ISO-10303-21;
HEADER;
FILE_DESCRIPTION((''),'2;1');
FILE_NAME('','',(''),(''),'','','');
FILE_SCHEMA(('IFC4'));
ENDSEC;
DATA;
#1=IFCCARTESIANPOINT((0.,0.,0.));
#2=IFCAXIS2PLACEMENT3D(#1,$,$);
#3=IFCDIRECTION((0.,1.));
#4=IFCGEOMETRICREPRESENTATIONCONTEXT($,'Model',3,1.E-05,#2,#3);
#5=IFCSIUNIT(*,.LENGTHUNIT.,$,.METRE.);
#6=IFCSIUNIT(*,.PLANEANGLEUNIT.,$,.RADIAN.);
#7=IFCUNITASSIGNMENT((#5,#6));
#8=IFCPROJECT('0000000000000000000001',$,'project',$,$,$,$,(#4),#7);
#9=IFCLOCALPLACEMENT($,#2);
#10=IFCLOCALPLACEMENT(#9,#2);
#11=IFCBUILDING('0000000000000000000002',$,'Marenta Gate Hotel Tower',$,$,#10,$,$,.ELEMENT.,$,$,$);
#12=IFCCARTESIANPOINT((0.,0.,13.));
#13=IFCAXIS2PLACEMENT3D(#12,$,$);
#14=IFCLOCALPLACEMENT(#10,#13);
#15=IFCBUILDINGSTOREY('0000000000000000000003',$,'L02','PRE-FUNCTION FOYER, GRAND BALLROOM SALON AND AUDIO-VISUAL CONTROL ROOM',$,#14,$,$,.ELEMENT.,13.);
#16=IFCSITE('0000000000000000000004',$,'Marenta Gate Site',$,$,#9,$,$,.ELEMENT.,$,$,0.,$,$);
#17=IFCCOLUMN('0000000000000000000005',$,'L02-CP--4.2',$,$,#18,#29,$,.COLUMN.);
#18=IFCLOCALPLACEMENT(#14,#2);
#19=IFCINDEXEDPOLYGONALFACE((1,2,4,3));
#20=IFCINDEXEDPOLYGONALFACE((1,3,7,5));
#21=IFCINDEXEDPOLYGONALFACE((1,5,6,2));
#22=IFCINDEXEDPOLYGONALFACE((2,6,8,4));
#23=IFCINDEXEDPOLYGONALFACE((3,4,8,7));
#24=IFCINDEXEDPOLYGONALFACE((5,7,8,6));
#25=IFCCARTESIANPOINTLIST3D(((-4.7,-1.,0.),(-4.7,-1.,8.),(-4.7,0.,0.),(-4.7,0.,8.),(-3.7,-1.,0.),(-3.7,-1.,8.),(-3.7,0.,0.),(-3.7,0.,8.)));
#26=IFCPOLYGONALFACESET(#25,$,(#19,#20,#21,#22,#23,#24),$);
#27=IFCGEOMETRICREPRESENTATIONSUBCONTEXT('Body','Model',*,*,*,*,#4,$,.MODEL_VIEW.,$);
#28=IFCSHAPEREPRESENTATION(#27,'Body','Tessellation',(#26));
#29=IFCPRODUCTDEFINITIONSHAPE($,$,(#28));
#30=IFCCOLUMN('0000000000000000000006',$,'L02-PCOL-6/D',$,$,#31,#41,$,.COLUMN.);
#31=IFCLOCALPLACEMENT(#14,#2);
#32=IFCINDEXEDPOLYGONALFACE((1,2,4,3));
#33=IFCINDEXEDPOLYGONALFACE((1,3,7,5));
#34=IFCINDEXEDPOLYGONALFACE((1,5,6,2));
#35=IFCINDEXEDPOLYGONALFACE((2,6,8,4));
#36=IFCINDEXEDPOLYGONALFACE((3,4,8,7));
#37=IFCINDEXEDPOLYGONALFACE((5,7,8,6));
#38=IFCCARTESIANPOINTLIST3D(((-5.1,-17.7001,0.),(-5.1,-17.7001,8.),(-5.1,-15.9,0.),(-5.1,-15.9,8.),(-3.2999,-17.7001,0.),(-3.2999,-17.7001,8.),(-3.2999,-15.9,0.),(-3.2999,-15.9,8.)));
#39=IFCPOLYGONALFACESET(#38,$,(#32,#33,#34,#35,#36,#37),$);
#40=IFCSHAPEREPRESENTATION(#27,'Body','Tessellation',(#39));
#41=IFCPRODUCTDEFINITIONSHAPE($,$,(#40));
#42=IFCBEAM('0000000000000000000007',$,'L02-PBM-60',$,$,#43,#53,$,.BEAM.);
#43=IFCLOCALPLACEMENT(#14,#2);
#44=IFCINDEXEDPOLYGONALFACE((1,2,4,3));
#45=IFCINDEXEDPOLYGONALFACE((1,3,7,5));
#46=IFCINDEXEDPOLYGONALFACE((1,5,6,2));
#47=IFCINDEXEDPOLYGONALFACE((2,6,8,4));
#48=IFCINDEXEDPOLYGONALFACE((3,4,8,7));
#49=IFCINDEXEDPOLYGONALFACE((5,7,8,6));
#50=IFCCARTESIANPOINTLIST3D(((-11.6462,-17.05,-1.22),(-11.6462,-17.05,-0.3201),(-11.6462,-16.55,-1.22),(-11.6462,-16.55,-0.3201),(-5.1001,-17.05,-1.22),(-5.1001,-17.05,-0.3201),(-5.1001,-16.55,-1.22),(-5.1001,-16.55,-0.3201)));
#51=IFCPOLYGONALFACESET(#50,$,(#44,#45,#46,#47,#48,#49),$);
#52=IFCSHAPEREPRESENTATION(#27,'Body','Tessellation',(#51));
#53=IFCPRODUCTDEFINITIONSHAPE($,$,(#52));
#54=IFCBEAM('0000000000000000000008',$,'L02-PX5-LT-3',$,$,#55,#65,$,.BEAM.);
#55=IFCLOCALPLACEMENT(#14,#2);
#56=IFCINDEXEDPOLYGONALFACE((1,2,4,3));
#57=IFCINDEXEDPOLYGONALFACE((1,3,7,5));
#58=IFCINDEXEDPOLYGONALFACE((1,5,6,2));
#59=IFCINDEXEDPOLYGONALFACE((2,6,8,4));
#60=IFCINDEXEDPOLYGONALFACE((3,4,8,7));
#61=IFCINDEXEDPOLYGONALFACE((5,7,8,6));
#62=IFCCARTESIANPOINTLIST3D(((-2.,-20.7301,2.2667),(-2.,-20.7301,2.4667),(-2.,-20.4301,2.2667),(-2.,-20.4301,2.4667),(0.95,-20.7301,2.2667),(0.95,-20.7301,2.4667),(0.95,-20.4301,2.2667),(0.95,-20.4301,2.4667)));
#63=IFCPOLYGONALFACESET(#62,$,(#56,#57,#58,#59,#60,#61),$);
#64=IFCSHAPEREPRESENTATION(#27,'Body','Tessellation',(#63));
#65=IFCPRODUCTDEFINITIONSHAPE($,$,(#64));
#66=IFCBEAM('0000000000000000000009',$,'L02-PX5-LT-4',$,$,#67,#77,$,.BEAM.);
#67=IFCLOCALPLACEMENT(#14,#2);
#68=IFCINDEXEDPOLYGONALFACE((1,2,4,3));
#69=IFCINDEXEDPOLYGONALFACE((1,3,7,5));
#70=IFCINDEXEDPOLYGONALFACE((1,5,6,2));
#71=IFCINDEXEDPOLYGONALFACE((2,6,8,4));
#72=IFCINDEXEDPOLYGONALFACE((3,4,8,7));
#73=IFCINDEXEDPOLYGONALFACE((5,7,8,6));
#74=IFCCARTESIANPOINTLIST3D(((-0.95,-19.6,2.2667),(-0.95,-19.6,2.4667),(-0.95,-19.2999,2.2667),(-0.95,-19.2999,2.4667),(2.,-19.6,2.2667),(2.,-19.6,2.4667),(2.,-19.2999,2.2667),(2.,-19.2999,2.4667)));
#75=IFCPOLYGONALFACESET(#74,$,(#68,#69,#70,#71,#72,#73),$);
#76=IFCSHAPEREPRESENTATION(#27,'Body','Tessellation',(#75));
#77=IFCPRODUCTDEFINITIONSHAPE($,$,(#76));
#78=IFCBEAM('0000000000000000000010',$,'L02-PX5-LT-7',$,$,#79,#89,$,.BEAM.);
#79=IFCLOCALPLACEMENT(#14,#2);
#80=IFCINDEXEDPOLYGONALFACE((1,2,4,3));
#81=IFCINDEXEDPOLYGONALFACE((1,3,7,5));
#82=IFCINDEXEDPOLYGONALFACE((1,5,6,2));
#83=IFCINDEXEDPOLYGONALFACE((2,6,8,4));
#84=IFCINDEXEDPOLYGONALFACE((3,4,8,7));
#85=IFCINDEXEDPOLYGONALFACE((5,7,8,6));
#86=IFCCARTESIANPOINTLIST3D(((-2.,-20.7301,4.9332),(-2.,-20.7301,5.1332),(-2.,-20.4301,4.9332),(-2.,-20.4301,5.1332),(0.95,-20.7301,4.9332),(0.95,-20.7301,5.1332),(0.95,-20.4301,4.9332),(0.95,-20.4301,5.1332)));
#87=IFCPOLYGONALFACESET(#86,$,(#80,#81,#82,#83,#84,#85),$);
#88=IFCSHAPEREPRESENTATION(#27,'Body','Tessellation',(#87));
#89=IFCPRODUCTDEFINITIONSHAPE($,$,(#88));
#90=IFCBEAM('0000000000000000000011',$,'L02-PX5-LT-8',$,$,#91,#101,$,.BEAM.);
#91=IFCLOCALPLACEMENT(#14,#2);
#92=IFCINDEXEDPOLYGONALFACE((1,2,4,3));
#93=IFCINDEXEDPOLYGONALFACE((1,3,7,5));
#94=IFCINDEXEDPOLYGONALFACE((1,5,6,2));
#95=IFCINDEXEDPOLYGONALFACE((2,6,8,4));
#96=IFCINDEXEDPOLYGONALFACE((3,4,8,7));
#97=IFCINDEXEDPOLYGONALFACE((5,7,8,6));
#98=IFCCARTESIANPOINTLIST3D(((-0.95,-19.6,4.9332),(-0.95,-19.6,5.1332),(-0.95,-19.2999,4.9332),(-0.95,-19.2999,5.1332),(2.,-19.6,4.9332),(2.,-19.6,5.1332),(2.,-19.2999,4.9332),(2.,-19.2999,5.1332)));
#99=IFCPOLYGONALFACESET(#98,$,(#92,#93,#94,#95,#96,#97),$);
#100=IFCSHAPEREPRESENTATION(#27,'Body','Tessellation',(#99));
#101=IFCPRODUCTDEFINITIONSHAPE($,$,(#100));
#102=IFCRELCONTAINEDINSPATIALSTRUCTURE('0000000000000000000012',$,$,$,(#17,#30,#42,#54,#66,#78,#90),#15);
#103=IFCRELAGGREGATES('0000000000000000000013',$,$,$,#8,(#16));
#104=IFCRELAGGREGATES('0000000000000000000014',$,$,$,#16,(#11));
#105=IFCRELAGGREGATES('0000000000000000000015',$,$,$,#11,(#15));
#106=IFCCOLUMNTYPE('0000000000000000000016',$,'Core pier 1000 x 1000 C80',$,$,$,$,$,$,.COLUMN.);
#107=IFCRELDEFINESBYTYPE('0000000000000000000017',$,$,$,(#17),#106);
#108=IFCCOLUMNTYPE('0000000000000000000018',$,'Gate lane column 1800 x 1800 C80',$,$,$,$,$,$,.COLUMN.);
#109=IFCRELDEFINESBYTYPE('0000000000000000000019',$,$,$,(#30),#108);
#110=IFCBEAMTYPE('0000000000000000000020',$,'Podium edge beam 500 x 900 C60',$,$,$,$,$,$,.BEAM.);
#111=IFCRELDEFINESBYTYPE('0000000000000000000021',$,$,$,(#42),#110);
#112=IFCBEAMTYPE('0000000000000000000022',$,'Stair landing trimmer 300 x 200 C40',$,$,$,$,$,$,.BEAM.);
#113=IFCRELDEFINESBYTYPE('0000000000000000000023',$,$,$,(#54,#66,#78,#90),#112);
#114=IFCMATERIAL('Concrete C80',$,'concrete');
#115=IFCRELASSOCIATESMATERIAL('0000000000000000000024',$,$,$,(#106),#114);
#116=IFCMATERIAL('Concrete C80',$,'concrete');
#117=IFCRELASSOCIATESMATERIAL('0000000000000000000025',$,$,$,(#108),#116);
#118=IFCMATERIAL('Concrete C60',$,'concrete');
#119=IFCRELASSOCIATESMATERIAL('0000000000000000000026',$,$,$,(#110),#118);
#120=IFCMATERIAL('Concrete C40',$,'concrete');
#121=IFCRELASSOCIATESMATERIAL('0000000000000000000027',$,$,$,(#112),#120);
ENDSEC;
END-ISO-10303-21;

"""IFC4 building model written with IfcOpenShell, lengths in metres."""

from ifc_helpers import new_model, si_unit, direction, frame, origin, origin_2d, place, context, subcontext, project, spatial, rectangle, extrude, material, material_profile, profile_set, type_object, element, save


model = new_model("IFC4")

# Units and contexts
model_context = context("Model", 3, precision=1e-05, world=origin(), true_north=direction((0.0, 1.0)))
body_context = subcontext(model_context, "Body", "Model", "MODEL_VIEW")
ifc_project = project(units=[si_unit("LENGTHUNIT", "METRE"), si_unit("PLANEANGLEUNIT", "RADIAN")], contexts=[model_context])

# Site, building, storey
site_placement = place(None, origin())
site = spatial("IfcSite", under=ifc_project, at=site_placement, Name="Marenta Gate Site", CompositionType="ELEMENT", RefElevation=0.0)
building_placement = place(site_placement, origin())
building = spatial("IfcBuilding", under=site, at=building_placement, Name="Marenta Gate Hotel Tower", CompositionType="ELEMENT")
storey_placement = place(building_placement, frame((0.0, 0.0, 13.0)))
storey = spatial("IfcBuildingStorey", under=building, at=storey_placement, Name="L02", Description="PRE-FUNCTION FOYER, GRAND BALLROOM SALON AND AUDIO-VISUAL CONTROL ROOM", CompositionType="ELEMENT", Elevation=13.0)

# Columns
ifc_material_1 = material(Name="Concrete C80", Category="concrete")
ifc_material_profile_1 = material_profile(ifc_material_1, rectangle(XDim=1.0, YDim=1.0, at=origin_2d()), Name="1000 x 1000")
ifc_profile_set_1 = profile_set([ifc_material_profile_1], Name="Concrete C80")
column_type_1 = type_object("IfcColumnType", Name="Core pier 1000 x 1000 C80", PredefinedType="COLUMN", material=ifc_profile_set_1)
column_1_placement = place(storey_placement, frame((-4.2, -0.5, 0.0), z_axis=(0.0, 0.0, 1.0), x_axis=(1.0, 0.0, 0.0)))
element("IfcColumn", 1, at=column_1_placement, inside=storey, type_object=column_type_1, Name="L02-CP--4.2", PredefinedType="COLUMN", context=body_context, shape_type="SweptSolid", body=[
    extrude(rectangle(XDim=1.0, YDim=1.0, at=origin_2d()), origin(), (0.0, 0.0, 1.0), 8.0),
])
ifc_material_2 = material(Name="Concrete C80", Category="concrete")
ifc_material_profile_2 = material_profile(ifc_material_2, rectangle(XDim=1.8, YDim=1.8, at=origin_2d()), Name="1800 x 1800")
ifc_profile_set_2 = profile_set([ifc_material_profile_2], Name="Concrete C80")
column_type_2 = type_object("IfcColumnType", Name="Gate lane column 1800 x 1800 C80", PredefinedType="COLUMN", material=ifc_profile_set_2)
column_2_placement = place(storey_placement, frame((-4.2, -16.8, 0.0), z_axis=(0.0, 0.0, 1.0), x_axis=(1.0, 0.0, 0.0)))
element("IfcColumn", 2, at=column_2_placement, inside=storey, type_object=column_type_2, Name="L02-PCOL-6/D", PredefinedType="COLUMN", context=body_context, shape_type="SweptSolid", body=[
    extrude(rectangle(XDim=1.8, YDim=1.8, at=origin_2d()), origin(), (0.0, 0.0, 1.0), 8.0),
])

# Beams
ifc_material_3 = material(Name="Concrete C60", Category="concrete")
ifc_material_profile_3 = material_profile(ifc_material_3, rectangle(XDim=0.5, YDim=0.8999, at=origin_2d()), Name="500 x 900")
ifc_profile_set_3 = profile_set([ifc_material_profile_3], Name="Concrete C60")
beam_type_1 = type_object("IfcBeamType", Name="Podium edge beam 500 x 900 C60", PredefinedType="BEAM", material=ifc_profile_set_3)
beam_placement = place(storey_placement, frame((-5.1001, -16.8, -0.77), z_axis=(-1.0, 0.0, 0.0), x_axis=(0.0, -1.0, 0.0)))
element("IfcBeam", 3, at=beam_placement, inside=storey, type_object=beam_type_1, Name="L02-PBM-60", PredefinedType="BEAM", context=body_context, shape_type="SweptSolid", body=[
    extrude(rectangle(XDim=0.5, YDim=0.8999, at=origin_2d()), origin(), (0.0, 0.0, 1.0), 6.5461),
])
ifc_material_4 = material(Name="Concrete C40", Category="concrete")
ifc_material_profile_4 = material_profile(ifc_material_4, rectangle(XDim=0.3, YDim=0.2, at=origin_2d()), Name="300 x 200")
ifc_profile_set_4 = profile_set([ifc_material_profile_4], Name="Concrete C40")
beam_type_2 = type_object("IfcBeamType", Name="Stair landing trimmer 300 x 200 C40", PredefinedType="BEAM", material=ifc_profile_set_4)
for number, where, z_axis, x_axis, name in (
    (4, (-2.0, -20.5801, 2.3667), (1.0, 0.0, 0.0), (0.0, 1.0, 0.0), "L02-PX5-LT-3"),
    (5, (-0.95, -19.45, 2.3667), (1.0, 0.0, 0.0), (0.0, 1.0, 0.0), "L02-PX5-LT-4"),
    (6, (-2.0, -20.5801, 5.0332), (1.0, 0.0, 0.0), (0.0, 1.0, 0.0), "L02-PX5-LT-7"),
    (7, (-0.95, -19.45, 5.0332), (1.0, 0.0, 0.0), (0.0, 1.0, 0.0), "L02-PX5-LT-8"),
):
    element("IfcBeam", number, at=place(storey_placement, frame(where, z_axis=z_axis, x_axis=x_axis)), inside=storey, type_object=beam_type_2, Name=name, PredefinedType="BEAM", context=body_context, shape_type="SweptSolid", body=[
        extrude(rectangle(XDim=0.3, YDim=0.2, at=origin_2d()), origin(), (0.0, 0.0, 1.0), 2.95),
    ])

save(model, "model.ifc")
